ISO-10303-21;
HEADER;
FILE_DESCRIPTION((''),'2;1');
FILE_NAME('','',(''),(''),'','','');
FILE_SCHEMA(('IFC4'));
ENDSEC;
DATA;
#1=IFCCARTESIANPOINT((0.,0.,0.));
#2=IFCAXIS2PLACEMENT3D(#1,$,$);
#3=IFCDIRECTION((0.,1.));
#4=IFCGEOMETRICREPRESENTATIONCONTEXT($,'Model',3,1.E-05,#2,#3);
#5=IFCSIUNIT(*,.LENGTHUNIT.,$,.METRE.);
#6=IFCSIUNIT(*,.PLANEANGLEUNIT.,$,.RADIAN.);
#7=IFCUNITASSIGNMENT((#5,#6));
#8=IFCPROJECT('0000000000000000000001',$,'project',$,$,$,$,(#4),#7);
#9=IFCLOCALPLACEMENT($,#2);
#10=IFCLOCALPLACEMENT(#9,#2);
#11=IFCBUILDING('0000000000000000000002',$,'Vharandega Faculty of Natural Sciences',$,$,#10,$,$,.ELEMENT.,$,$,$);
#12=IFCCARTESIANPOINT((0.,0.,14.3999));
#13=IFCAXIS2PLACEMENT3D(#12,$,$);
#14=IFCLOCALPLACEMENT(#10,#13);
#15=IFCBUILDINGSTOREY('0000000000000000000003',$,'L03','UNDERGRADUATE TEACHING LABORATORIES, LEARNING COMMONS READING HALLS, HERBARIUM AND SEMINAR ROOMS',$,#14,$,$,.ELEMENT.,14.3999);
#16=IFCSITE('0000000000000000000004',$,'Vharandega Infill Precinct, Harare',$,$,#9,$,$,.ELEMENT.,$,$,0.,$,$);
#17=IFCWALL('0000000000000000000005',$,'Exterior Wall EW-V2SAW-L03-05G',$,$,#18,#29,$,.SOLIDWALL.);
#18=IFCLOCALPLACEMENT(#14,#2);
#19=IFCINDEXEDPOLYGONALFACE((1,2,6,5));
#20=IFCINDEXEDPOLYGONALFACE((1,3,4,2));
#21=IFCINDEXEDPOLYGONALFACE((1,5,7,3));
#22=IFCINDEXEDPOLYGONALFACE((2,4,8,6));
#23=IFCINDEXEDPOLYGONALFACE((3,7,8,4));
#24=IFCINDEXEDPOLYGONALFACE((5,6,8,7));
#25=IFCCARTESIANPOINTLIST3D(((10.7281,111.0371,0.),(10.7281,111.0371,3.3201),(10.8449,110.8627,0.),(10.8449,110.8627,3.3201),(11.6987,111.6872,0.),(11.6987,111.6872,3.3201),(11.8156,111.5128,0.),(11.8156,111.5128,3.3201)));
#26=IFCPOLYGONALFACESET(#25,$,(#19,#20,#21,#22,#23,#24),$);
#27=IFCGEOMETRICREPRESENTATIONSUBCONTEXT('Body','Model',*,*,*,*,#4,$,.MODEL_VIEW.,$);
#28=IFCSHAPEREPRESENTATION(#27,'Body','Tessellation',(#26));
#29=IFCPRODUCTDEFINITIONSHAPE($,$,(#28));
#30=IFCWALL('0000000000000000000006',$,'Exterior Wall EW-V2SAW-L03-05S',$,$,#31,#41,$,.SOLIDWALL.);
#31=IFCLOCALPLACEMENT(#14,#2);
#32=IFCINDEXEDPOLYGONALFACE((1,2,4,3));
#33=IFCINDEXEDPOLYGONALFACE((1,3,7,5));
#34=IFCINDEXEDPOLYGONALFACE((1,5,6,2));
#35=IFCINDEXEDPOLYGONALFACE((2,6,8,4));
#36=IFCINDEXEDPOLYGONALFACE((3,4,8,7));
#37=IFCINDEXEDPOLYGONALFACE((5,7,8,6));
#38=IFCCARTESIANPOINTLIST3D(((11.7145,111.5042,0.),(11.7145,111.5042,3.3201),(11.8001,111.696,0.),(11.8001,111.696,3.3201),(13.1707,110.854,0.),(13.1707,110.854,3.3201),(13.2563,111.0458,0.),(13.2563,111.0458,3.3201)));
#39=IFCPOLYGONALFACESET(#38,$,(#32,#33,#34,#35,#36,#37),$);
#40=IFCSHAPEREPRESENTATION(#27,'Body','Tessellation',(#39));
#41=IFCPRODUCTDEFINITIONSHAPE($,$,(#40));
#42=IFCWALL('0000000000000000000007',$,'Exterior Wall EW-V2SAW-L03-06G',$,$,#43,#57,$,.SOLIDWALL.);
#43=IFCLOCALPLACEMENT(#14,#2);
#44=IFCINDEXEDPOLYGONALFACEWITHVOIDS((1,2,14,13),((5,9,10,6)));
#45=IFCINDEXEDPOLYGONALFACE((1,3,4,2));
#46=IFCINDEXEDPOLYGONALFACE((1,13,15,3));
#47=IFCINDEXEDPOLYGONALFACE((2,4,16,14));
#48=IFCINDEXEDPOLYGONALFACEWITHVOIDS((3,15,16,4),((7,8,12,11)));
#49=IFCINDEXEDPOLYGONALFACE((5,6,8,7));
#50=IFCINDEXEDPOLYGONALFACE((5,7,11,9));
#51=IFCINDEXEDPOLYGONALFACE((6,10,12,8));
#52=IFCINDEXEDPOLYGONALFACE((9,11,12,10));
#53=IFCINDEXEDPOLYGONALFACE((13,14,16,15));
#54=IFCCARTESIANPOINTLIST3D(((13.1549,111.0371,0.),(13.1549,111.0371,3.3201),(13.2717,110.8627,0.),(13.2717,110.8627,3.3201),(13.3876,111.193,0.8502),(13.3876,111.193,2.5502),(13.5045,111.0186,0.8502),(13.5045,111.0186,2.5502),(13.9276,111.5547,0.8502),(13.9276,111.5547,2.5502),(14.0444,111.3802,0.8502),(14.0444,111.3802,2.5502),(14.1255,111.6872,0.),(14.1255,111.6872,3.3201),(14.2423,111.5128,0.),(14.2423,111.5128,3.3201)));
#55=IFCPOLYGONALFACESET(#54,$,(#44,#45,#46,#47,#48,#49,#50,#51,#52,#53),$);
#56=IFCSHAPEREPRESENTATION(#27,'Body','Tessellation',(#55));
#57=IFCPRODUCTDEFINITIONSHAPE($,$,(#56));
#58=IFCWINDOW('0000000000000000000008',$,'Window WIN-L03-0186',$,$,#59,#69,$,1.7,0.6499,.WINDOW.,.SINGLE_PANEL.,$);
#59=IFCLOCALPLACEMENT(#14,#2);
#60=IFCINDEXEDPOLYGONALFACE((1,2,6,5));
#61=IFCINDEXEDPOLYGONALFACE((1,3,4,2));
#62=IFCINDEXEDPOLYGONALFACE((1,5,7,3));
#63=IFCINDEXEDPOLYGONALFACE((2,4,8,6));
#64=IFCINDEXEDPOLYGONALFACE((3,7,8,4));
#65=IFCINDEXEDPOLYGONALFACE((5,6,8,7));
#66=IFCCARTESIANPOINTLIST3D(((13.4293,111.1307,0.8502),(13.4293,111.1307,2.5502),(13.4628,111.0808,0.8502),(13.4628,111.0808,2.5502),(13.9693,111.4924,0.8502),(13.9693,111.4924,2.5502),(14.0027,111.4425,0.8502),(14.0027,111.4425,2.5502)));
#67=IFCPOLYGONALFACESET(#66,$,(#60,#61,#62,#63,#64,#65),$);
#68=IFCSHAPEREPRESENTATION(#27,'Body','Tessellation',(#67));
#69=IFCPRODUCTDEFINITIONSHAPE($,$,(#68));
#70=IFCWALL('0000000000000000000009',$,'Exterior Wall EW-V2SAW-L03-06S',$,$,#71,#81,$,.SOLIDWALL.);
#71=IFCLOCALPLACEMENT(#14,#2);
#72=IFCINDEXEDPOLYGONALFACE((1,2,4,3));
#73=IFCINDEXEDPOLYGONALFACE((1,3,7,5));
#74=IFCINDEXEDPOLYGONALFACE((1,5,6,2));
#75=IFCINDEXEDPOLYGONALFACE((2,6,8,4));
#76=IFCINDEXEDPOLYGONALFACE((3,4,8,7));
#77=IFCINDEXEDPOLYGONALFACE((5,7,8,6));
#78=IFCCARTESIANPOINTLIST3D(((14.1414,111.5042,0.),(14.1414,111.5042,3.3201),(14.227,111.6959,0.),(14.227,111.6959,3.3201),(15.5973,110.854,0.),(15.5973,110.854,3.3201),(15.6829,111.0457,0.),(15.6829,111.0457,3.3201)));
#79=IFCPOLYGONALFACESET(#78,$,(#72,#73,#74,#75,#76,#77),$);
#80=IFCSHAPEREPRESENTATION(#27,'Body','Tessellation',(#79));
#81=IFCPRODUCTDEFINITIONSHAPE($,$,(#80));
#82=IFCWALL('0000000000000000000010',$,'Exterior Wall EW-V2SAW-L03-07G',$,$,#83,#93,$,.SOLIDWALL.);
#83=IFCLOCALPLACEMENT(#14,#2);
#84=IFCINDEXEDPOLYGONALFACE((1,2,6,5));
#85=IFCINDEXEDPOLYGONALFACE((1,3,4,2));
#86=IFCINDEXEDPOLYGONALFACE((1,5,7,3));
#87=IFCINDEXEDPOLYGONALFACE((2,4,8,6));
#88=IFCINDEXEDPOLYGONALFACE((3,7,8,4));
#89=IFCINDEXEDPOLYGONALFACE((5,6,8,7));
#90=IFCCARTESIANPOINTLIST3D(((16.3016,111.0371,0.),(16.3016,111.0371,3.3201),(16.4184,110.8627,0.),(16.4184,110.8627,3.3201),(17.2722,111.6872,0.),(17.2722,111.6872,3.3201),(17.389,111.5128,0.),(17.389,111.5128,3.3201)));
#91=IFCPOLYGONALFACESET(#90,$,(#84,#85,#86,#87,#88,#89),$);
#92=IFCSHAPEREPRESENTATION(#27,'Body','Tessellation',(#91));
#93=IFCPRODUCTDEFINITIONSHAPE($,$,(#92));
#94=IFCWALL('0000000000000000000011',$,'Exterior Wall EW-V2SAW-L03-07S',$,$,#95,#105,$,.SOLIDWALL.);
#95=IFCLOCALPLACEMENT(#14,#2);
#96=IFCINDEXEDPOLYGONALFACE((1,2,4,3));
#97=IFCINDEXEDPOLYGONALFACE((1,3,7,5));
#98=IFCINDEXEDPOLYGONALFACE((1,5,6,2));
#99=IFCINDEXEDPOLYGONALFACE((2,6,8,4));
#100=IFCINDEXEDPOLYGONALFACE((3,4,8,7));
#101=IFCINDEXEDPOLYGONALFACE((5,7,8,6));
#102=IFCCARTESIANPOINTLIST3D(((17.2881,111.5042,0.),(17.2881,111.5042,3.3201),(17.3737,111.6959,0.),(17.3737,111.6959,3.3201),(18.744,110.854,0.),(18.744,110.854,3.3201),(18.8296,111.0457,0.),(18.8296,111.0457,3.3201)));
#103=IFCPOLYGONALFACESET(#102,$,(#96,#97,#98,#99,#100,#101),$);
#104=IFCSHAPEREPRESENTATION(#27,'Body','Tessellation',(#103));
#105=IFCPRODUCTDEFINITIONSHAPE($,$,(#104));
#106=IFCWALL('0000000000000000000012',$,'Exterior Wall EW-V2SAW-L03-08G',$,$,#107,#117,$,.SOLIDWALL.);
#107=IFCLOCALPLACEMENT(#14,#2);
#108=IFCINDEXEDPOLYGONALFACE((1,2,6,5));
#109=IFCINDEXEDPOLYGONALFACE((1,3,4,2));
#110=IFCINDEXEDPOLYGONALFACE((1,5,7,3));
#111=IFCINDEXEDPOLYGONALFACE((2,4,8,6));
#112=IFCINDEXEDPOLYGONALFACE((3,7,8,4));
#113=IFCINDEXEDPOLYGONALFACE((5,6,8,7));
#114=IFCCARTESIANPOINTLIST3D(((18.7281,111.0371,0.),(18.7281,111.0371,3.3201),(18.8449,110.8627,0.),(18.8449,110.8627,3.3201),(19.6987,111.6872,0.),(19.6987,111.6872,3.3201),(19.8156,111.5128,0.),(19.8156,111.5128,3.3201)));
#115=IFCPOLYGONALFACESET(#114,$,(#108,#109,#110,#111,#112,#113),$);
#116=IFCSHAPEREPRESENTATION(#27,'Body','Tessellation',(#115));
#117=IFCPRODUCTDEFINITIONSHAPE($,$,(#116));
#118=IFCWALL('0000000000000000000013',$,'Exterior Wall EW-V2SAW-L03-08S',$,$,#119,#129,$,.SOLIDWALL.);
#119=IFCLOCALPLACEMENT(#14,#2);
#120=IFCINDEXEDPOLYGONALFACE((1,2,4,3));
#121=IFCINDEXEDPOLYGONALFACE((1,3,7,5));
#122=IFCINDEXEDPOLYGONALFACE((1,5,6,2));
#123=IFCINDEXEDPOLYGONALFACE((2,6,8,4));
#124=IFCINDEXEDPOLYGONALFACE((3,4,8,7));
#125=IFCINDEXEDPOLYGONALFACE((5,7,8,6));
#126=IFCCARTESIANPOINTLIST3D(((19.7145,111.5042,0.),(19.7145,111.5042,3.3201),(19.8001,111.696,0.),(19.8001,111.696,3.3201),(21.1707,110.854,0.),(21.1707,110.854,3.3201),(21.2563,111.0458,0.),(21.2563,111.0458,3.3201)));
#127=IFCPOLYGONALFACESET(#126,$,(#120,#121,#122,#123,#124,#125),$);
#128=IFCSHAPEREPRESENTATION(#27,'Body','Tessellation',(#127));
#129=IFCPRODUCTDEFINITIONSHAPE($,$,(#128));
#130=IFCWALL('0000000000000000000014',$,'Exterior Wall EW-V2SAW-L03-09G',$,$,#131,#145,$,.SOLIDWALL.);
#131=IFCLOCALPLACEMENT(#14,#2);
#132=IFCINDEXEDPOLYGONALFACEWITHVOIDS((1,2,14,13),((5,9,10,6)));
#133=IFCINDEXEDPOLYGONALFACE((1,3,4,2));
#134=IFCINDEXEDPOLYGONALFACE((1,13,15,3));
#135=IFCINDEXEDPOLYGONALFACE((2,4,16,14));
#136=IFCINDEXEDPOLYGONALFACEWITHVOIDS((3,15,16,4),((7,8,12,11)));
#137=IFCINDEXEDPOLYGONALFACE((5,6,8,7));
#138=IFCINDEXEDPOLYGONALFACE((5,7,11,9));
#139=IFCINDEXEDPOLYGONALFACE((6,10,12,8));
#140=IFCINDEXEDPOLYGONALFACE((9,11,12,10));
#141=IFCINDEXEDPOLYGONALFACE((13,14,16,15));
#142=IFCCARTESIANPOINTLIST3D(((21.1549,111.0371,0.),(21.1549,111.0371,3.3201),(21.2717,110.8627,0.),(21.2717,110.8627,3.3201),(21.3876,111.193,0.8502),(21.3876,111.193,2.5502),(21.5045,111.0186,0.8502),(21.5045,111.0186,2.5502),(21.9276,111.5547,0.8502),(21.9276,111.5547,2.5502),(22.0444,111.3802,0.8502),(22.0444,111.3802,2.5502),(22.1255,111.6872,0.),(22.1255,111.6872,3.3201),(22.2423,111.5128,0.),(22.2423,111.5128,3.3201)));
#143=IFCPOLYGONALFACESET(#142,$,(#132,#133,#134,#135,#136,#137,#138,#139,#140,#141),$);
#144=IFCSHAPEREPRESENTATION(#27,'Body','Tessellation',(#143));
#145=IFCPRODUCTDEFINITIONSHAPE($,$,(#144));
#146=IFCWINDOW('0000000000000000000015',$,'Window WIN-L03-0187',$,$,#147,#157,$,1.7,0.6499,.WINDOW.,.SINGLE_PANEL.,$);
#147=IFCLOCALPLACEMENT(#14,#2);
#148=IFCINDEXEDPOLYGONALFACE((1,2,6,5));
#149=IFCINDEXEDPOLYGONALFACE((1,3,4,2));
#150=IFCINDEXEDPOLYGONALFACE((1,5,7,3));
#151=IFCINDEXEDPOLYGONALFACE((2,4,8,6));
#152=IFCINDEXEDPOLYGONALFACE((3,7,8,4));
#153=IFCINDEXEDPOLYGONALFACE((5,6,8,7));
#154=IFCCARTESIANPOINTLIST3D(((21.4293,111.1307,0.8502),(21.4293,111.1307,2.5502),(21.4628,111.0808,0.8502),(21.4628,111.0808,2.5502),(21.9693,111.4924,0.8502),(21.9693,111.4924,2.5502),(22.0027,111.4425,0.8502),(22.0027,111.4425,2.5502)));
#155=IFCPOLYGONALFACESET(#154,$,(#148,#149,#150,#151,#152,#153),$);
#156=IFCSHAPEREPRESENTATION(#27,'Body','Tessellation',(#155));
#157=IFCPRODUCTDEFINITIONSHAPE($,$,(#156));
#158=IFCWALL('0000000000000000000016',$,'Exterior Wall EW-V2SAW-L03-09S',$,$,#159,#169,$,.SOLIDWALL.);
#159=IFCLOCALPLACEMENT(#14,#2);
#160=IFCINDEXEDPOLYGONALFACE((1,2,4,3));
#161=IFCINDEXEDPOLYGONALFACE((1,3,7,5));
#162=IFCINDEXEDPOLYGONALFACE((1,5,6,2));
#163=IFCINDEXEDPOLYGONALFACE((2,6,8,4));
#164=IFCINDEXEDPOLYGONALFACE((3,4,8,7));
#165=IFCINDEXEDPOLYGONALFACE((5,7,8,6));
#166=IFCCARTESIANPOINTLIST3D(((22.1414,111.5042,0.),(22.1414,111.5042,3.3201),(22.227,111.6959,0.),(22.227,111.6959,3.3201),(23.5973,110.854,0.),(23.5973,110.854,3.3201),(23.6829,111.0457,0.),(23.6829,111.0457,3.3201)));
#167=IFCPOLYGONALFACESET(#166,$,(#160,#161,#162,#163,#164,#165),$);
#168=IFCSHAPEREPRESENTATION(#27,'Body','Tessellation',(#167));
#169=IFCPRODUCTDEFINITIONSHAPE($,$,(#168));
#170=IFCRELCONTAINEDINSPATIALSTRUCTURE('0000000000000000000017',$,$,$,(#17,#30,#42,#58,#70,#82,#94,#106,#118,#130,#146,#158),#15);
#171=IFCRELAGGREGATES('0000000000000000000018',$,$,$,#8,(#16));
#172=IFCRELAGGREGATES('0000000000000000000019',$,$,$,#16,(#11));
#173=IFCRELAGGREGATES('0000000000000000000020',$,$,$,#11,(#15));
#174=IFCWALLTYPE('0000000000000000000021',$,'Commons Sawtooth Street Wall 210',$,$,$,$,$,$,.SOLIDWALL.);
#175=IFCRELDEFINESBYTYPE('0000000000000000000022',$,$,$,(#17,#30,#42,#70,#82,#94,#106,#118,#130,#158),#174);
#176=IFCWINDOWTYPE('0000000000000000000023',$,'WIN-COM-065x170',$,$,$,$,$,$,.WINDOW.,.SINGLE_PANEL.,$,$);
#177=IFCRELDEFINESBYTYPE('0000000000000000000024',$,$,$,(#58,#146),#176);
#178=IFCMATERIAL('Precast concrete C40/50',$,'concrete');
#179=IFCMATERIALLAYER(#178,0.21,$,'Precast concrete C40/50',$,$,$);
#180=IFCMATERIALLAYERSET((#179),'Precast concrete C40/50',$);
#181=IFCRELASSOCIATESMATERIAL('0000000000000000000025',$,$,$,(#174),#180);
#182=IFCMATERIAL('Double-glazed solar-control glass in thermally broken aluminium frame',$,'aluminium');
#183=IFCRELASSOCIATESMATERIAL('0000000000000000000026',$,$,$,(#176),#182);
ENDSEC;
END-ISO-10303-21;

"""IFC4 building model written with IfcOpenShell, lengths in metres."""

from ifc_helpers import new_model, si_unit, direction, frame, frame_2d, origin, place, context, subcontext, project, spatial, rectangle, extrude, material, layer, layer_set, type_object, element, fill, save


model = new_model("IFC4")

# Units and contexts
model_context = context("Model", 3, precision=1e-05, world=origin(), true_north=direction((0.0, 1.0)))
body_context = subcontext(model_context, "Body", "Model", "MODEL_VIEW")
ifc_project = project(units=[si_unit("LENGTHUNIT", "METRE"), si_unit("PLANEANGLEUNIT", "RADIAN")], contexts=[model_context])

# Site, building, storey
site_placement = place(None, origin())
site = spatial("IfcSite", under=ifc_project, at=site_placement, Name="Vharandega Infill Precinct, Harare", CompositionType="ELEMENT", RefElevation=0.0)
building_placement = place(site_placement, origin())
building = spatial("IfcBuilding", under=site, at=building_placement, Name="Vharandega Faculty of Natural Sciences", CompositionType="ELEMENT")
storey_placement = place(building_placement, frame((0.0, 0.0, 14.3999)))
storey = spatial("IfcBuildingStorey", under=building, at=storey_placement, Name="L03", Description="UNDERGRADUATE TEACHING LABORATORIES, LEARNING COMMONS READING HALLS, HERBARIUM AND SEMINAR ROOMS", CompositionType="ELEMENT", Elevation=14.3999)

# Shared definitions
ifc_material_1 = material(Name="Precast concrete C40/50", Category="concrete")
ifc_layer = layer(ifc_material_1, 0.21, Name="Precast concrete C40/50")
ifc_layer_set = layer_set([ifc_layer], Name="Precast concrete C40/50")
wall_type = type_object("IfcWallType", Name="Commons Sawtooth Street Wall 210", PredefinedType="SOLIDWALL", material=ifc_layer_set)

# Shared definitions
ifc_material_2 = material(Name="Double-glazed solar-control glass in thermally broken aluminium frame", Category="aluminium")
window_type = type_object("IfcWindowType", Name="WIN-COM-065x170", PartitioningType="SINGLE_PANEL", PredefinedType="WINDOW", material=ifc_material_2)

# Walls
wall_1_placement = place(storey_placement, frame((10.7866, 110.95, 0.0), z_axis=(0.0, 0.0, 1.0), x_axis=(0.830859, 0.556483, 0.0)))
element("IfcWall", 1, at=wall_1_placement, inside=storey, type_object=wall_type, Name="Exterior Wall EW-V2SAW-L03-05G", PredefinedType="SOLIDWALL", context=body_context, shape_type="SweptSolid", body=[
    extrude(rectangle(XDim=1.1682, YDim=0.21, at=frame_2d((0.584, 0.0))), origin(), (0.0, 0.0, 1.0), 3.3201),
])
wall_2_placement = place(storey_placement, frame((11.7573, 111.6001, 0.0), z_axis=(0.0, 0.0, 1.0), x_axis=(0.913109, -0.407715, 0.0)))
element("IfcWall", 2, at=wall_2_placement, inside=storey, type_object=wall_type, Name="Exterior Wall EW-V2SAW-L03-05S", PredefinedType="SOLIDWALL", context=body_context, shape_type="SweptSolid", body=[
    extrude(rectangle(XDim=1.5947, YDim=0.21, at=frame_2d((0.7974, 0.0))), origin(), (0.0, 0.0, 1.0), 3.3201),
])

# Wall, opening, window
wall_3_placement = place(storey_placement, frame((13.2134, 110.95, 0.0), z_axis=(0.0, 0.0, 1.0), x_axis=(0.830859, 0.556483, 0.0)))
wall_3 = element("IfcWall", 3, at=wall_3_placement, inside=storey, type_object=wall_type, Name="Exterior Wall EW-V2SAW-L03-06G", PredefinedType="SOLIDWALL", context=body_context, shape_type="SweptSolid", body=[
    extrude(rectangle(XDim=1.1682, YDim=0.21, at=frame_2d((0.584, 0.0))), origin(), (0.0, 0.0, 1.0), 3.3201),
])
opening_1_placement = place(wall_3_placement, frame((0.28, 0.0, 0.8501)))
opening_1 = element("IfcOpeningElement", 4, at=opening_1_placement, cuts=wall_3, PredefinedType="OPENING", context=body_context, shape_type="SweptSolid", body=[
    extrude(rectangle(XDim=0.6499, YDim=1.7, at=frame_2d((0.325, 0.8501))), frame((0.0, 0.115, 0.0), z_axis=(0.0, -1.0, 0.0), x_axis=(1.0, 0.0, 0.0)), (0.0, 0.0, 1.0), 0.23),
])
window_1_placement = place(opening_1_placement, origin())
window_1 = element("IfcWindow", 5, at=window_1_placement, inside=storey, type_object=window_type, Name="Window WIN-L03-0186", OverallHeight=1.7, OverallWidth=0.6499, PartitioningType="SINGLE_PANEL", PredefinedType="WINDOW", context=body_context, shape_type="SweptSolid", body=[
    extrude(rectangle(XDim=0.6499, YDim=1.7, at=frame_2d((0.325, 0.8501))), frame((0.0, 0.03, 0.0), z_axis=(0.0, -1.0, 0.0), x_axis=(1.0, 0.0, 0.0)), (0.0, 0.0, 1.0), 0.0601),
])
fill(opening_1, window_1)

# Walls
wall_4_placement = place(storey_placement, frame((14.1841, 111.6001, 0.0), z_axis=(0.0, 0.0, 1.0), x_axis=(0.913084, -0.407772, 0.0)))
element("IfcWall", 6, at=wall_4_placement, inside=storey, type_object=wall_type, Name="Exterior Wall EW-V2SAW-L03-06S", PredefinedType="SOLIDWALL", context=body_context, shape_type="SweptSolid", body=[
    extrude(rectangle(XDim=1.5945, YDim=0.21, at=frame_2d((0.7974, 0.0))), origin(), (0.0, 0.0, 1.0), 3.3201),
])
wall_5_placement = place(storey_placement, frame((16.3601, 110.95, 0.0), z_axis=(0.0, 0.0, 1.0), x_axis=(0.830859, 0.556483, 0.0)))
element("IfcWall", 7, at=wall_5_placement, inside=storey, type_object=wall_type, Name="Exterior Wall EW-V2SAW-L03-07G", PredefinedType="SOLIDWALL", context=body_context, shape_type="SweptSolid", body=[
    extrude(rectangle(XDim=1.1682, YDim=0.21, at=frame_2d((0.584, 0.0))), origin(), (0.0, 0.0, 1.0), 3.3201),
])
wall_6_placement = place(storey_placement, frame((17.3308, 111.6001, 0.0), z_axis=(0.0, 0.0, 1.0), x_axis=(0.913084, -0.407772, 0.0)))
element("IfcWall", 8, at=wall_6_placement, inside=storey, type_object=wall_type, Name="Exterior Wall EW-V2SAW-L03-07S", PredefinedType="SOLIDWALL", context=body_context, shape_type="SweptSolid", body=[
    extrude(rectangle(XDim=1.5945, YDim=0.21, at=frame_2d((0.7974, 0.0))), origin(), (0.0, 0.0, 1.0), 3.3201),
])
wall_7_placement = place(storey_placement, frame((18.7866, 110.95, 0.0), z_axis=(0.0, 0.0, 1.0), x_axis=(0.830859, 0.556483, 0.0)))
element("IfcWall", 9, at=wall_7_placement, inside=storey, type_object=wall_type, Name="Exterior Wall EW-V2SAW-L03-08G", PredefinedType="SOLIDWALL", context=body_context, shape_type="SweptSolid", body=[
    extrude(rectangle(XDim=1.1682, YDim=0.21, at=frame_2d((0.584, 0.0))), origin(), (0.0, 0.0, 1.0), 3.3201),
])
wall_8_placement = place(storey_placement, frame((19.7573, 111.6001, 0.0), z_axis=(0.0, 0.0, 1.0), x_axis=(0.913109, -0.407715, 0.0)))
element("IfcWall", 10, at=wall_8_placement, inside=storey, type_object=wall_type, Name="Exterior Wall EW-V2SAW-L03-08S", PredefinedType="SOLIDWALL", context=body_context, shape_type="SweptSolid", body=[
    extrude(rectangle(XDim=1.5947, YDim=0.21, at=frame_2d((0.7974, 0.0))), origin(), (0.0, 0.0, 1.0), 3.3201),
])

# Wall, opening, window
wall_9_placement = place(storey_placement, frame((21.2134, 110.95, 0.0), z_axis=(0.0, 0.0, 1.0), x_axis=(0.830859, 0.556483, 0.0)))
wall_9 = element("IfcWall", 11, at=wall_9_placement, inside=storey, type_object=wall_type, Name="Exterior Wall EW-V2SAW-L03-09G", PredefinedType="SOLIDWALL", context=body_context, shape_type="SweptSolid", body=[
    extrude(rectangle(XDim=1.1682, YDim=0.21, at=frame_2d((0.584, 0.0))), origin(), (0.0, 0.0, 1.0), 3.3201),
])
opening_2_placement = place(wall_9_placement, frame((0.28, 0.0, 0.8501)))
opening_2 = element("IfcOpeningElement", 12, at=opening_2_placement, cuts=wall_9, PredefinedType="OPENING", context=body_context, shape_type="SweptSolid", body=[
    extrude(rectangle(XDim=0.6499, YDim=1.7, at=frame_2d((0.325, 0.8501))), frame((0.0, 0.115, 0.0), z_axis=(0.0, -1.0, 0.0), x_axis=(1.0, 0.0, 0.0)), (0.0, 0.0, 1.0), 0.23),
])
window_2_placement = place(opening_2_placement, origin())
window_2 = element("IfcWindow", 13, at=window_2_placement, inside=storey, type_object=window_type, Name="Window WIN-L03-0187", OverallHeight=1.7, OverallWidth=0.6499, PartitioningType="SINGLE_PANEL", PredefinedType="WINDOW", context=body_context, shape_type="SweptSolid", body=[
    extrude(rectangle(XDim=0.6499, YDim=1.7, at=frame_2d((0.325, 0.8501))), frame((0.0, 0.03, 0.0), z_axis=(0.0, -1.0, 0.0), x_axis=(1.0, 0.0, 0.0)), (0.0, 0.0, 1.0), 0.0601),
])
fill(opening_2, window_2)

# Wall
wall_10_placement = place(storey_placement, frame((22.1841, 111.6001, 0.0), z_axis=(0.0, 0.0, 1.0), x_axis=(0.913084, -0.407772, 0.0)))
element("IfcWall", 14, at=wall_10_placement, inside=storey, type_object=wall_type, Name="Exterior Wall EW-V2SAW-L03-09S", PredefinedType="SOLIDWALL", context=body_context, shape_type="SweptSolid", body=[
    extrude(rectangle(XDim=1.5945, YDim=0.21, at=frame_2d((0.7974, 0.0))), origin(), (0.0, 0.0, 1.0), 3.3201),
])

save(model, "model.ifc")
